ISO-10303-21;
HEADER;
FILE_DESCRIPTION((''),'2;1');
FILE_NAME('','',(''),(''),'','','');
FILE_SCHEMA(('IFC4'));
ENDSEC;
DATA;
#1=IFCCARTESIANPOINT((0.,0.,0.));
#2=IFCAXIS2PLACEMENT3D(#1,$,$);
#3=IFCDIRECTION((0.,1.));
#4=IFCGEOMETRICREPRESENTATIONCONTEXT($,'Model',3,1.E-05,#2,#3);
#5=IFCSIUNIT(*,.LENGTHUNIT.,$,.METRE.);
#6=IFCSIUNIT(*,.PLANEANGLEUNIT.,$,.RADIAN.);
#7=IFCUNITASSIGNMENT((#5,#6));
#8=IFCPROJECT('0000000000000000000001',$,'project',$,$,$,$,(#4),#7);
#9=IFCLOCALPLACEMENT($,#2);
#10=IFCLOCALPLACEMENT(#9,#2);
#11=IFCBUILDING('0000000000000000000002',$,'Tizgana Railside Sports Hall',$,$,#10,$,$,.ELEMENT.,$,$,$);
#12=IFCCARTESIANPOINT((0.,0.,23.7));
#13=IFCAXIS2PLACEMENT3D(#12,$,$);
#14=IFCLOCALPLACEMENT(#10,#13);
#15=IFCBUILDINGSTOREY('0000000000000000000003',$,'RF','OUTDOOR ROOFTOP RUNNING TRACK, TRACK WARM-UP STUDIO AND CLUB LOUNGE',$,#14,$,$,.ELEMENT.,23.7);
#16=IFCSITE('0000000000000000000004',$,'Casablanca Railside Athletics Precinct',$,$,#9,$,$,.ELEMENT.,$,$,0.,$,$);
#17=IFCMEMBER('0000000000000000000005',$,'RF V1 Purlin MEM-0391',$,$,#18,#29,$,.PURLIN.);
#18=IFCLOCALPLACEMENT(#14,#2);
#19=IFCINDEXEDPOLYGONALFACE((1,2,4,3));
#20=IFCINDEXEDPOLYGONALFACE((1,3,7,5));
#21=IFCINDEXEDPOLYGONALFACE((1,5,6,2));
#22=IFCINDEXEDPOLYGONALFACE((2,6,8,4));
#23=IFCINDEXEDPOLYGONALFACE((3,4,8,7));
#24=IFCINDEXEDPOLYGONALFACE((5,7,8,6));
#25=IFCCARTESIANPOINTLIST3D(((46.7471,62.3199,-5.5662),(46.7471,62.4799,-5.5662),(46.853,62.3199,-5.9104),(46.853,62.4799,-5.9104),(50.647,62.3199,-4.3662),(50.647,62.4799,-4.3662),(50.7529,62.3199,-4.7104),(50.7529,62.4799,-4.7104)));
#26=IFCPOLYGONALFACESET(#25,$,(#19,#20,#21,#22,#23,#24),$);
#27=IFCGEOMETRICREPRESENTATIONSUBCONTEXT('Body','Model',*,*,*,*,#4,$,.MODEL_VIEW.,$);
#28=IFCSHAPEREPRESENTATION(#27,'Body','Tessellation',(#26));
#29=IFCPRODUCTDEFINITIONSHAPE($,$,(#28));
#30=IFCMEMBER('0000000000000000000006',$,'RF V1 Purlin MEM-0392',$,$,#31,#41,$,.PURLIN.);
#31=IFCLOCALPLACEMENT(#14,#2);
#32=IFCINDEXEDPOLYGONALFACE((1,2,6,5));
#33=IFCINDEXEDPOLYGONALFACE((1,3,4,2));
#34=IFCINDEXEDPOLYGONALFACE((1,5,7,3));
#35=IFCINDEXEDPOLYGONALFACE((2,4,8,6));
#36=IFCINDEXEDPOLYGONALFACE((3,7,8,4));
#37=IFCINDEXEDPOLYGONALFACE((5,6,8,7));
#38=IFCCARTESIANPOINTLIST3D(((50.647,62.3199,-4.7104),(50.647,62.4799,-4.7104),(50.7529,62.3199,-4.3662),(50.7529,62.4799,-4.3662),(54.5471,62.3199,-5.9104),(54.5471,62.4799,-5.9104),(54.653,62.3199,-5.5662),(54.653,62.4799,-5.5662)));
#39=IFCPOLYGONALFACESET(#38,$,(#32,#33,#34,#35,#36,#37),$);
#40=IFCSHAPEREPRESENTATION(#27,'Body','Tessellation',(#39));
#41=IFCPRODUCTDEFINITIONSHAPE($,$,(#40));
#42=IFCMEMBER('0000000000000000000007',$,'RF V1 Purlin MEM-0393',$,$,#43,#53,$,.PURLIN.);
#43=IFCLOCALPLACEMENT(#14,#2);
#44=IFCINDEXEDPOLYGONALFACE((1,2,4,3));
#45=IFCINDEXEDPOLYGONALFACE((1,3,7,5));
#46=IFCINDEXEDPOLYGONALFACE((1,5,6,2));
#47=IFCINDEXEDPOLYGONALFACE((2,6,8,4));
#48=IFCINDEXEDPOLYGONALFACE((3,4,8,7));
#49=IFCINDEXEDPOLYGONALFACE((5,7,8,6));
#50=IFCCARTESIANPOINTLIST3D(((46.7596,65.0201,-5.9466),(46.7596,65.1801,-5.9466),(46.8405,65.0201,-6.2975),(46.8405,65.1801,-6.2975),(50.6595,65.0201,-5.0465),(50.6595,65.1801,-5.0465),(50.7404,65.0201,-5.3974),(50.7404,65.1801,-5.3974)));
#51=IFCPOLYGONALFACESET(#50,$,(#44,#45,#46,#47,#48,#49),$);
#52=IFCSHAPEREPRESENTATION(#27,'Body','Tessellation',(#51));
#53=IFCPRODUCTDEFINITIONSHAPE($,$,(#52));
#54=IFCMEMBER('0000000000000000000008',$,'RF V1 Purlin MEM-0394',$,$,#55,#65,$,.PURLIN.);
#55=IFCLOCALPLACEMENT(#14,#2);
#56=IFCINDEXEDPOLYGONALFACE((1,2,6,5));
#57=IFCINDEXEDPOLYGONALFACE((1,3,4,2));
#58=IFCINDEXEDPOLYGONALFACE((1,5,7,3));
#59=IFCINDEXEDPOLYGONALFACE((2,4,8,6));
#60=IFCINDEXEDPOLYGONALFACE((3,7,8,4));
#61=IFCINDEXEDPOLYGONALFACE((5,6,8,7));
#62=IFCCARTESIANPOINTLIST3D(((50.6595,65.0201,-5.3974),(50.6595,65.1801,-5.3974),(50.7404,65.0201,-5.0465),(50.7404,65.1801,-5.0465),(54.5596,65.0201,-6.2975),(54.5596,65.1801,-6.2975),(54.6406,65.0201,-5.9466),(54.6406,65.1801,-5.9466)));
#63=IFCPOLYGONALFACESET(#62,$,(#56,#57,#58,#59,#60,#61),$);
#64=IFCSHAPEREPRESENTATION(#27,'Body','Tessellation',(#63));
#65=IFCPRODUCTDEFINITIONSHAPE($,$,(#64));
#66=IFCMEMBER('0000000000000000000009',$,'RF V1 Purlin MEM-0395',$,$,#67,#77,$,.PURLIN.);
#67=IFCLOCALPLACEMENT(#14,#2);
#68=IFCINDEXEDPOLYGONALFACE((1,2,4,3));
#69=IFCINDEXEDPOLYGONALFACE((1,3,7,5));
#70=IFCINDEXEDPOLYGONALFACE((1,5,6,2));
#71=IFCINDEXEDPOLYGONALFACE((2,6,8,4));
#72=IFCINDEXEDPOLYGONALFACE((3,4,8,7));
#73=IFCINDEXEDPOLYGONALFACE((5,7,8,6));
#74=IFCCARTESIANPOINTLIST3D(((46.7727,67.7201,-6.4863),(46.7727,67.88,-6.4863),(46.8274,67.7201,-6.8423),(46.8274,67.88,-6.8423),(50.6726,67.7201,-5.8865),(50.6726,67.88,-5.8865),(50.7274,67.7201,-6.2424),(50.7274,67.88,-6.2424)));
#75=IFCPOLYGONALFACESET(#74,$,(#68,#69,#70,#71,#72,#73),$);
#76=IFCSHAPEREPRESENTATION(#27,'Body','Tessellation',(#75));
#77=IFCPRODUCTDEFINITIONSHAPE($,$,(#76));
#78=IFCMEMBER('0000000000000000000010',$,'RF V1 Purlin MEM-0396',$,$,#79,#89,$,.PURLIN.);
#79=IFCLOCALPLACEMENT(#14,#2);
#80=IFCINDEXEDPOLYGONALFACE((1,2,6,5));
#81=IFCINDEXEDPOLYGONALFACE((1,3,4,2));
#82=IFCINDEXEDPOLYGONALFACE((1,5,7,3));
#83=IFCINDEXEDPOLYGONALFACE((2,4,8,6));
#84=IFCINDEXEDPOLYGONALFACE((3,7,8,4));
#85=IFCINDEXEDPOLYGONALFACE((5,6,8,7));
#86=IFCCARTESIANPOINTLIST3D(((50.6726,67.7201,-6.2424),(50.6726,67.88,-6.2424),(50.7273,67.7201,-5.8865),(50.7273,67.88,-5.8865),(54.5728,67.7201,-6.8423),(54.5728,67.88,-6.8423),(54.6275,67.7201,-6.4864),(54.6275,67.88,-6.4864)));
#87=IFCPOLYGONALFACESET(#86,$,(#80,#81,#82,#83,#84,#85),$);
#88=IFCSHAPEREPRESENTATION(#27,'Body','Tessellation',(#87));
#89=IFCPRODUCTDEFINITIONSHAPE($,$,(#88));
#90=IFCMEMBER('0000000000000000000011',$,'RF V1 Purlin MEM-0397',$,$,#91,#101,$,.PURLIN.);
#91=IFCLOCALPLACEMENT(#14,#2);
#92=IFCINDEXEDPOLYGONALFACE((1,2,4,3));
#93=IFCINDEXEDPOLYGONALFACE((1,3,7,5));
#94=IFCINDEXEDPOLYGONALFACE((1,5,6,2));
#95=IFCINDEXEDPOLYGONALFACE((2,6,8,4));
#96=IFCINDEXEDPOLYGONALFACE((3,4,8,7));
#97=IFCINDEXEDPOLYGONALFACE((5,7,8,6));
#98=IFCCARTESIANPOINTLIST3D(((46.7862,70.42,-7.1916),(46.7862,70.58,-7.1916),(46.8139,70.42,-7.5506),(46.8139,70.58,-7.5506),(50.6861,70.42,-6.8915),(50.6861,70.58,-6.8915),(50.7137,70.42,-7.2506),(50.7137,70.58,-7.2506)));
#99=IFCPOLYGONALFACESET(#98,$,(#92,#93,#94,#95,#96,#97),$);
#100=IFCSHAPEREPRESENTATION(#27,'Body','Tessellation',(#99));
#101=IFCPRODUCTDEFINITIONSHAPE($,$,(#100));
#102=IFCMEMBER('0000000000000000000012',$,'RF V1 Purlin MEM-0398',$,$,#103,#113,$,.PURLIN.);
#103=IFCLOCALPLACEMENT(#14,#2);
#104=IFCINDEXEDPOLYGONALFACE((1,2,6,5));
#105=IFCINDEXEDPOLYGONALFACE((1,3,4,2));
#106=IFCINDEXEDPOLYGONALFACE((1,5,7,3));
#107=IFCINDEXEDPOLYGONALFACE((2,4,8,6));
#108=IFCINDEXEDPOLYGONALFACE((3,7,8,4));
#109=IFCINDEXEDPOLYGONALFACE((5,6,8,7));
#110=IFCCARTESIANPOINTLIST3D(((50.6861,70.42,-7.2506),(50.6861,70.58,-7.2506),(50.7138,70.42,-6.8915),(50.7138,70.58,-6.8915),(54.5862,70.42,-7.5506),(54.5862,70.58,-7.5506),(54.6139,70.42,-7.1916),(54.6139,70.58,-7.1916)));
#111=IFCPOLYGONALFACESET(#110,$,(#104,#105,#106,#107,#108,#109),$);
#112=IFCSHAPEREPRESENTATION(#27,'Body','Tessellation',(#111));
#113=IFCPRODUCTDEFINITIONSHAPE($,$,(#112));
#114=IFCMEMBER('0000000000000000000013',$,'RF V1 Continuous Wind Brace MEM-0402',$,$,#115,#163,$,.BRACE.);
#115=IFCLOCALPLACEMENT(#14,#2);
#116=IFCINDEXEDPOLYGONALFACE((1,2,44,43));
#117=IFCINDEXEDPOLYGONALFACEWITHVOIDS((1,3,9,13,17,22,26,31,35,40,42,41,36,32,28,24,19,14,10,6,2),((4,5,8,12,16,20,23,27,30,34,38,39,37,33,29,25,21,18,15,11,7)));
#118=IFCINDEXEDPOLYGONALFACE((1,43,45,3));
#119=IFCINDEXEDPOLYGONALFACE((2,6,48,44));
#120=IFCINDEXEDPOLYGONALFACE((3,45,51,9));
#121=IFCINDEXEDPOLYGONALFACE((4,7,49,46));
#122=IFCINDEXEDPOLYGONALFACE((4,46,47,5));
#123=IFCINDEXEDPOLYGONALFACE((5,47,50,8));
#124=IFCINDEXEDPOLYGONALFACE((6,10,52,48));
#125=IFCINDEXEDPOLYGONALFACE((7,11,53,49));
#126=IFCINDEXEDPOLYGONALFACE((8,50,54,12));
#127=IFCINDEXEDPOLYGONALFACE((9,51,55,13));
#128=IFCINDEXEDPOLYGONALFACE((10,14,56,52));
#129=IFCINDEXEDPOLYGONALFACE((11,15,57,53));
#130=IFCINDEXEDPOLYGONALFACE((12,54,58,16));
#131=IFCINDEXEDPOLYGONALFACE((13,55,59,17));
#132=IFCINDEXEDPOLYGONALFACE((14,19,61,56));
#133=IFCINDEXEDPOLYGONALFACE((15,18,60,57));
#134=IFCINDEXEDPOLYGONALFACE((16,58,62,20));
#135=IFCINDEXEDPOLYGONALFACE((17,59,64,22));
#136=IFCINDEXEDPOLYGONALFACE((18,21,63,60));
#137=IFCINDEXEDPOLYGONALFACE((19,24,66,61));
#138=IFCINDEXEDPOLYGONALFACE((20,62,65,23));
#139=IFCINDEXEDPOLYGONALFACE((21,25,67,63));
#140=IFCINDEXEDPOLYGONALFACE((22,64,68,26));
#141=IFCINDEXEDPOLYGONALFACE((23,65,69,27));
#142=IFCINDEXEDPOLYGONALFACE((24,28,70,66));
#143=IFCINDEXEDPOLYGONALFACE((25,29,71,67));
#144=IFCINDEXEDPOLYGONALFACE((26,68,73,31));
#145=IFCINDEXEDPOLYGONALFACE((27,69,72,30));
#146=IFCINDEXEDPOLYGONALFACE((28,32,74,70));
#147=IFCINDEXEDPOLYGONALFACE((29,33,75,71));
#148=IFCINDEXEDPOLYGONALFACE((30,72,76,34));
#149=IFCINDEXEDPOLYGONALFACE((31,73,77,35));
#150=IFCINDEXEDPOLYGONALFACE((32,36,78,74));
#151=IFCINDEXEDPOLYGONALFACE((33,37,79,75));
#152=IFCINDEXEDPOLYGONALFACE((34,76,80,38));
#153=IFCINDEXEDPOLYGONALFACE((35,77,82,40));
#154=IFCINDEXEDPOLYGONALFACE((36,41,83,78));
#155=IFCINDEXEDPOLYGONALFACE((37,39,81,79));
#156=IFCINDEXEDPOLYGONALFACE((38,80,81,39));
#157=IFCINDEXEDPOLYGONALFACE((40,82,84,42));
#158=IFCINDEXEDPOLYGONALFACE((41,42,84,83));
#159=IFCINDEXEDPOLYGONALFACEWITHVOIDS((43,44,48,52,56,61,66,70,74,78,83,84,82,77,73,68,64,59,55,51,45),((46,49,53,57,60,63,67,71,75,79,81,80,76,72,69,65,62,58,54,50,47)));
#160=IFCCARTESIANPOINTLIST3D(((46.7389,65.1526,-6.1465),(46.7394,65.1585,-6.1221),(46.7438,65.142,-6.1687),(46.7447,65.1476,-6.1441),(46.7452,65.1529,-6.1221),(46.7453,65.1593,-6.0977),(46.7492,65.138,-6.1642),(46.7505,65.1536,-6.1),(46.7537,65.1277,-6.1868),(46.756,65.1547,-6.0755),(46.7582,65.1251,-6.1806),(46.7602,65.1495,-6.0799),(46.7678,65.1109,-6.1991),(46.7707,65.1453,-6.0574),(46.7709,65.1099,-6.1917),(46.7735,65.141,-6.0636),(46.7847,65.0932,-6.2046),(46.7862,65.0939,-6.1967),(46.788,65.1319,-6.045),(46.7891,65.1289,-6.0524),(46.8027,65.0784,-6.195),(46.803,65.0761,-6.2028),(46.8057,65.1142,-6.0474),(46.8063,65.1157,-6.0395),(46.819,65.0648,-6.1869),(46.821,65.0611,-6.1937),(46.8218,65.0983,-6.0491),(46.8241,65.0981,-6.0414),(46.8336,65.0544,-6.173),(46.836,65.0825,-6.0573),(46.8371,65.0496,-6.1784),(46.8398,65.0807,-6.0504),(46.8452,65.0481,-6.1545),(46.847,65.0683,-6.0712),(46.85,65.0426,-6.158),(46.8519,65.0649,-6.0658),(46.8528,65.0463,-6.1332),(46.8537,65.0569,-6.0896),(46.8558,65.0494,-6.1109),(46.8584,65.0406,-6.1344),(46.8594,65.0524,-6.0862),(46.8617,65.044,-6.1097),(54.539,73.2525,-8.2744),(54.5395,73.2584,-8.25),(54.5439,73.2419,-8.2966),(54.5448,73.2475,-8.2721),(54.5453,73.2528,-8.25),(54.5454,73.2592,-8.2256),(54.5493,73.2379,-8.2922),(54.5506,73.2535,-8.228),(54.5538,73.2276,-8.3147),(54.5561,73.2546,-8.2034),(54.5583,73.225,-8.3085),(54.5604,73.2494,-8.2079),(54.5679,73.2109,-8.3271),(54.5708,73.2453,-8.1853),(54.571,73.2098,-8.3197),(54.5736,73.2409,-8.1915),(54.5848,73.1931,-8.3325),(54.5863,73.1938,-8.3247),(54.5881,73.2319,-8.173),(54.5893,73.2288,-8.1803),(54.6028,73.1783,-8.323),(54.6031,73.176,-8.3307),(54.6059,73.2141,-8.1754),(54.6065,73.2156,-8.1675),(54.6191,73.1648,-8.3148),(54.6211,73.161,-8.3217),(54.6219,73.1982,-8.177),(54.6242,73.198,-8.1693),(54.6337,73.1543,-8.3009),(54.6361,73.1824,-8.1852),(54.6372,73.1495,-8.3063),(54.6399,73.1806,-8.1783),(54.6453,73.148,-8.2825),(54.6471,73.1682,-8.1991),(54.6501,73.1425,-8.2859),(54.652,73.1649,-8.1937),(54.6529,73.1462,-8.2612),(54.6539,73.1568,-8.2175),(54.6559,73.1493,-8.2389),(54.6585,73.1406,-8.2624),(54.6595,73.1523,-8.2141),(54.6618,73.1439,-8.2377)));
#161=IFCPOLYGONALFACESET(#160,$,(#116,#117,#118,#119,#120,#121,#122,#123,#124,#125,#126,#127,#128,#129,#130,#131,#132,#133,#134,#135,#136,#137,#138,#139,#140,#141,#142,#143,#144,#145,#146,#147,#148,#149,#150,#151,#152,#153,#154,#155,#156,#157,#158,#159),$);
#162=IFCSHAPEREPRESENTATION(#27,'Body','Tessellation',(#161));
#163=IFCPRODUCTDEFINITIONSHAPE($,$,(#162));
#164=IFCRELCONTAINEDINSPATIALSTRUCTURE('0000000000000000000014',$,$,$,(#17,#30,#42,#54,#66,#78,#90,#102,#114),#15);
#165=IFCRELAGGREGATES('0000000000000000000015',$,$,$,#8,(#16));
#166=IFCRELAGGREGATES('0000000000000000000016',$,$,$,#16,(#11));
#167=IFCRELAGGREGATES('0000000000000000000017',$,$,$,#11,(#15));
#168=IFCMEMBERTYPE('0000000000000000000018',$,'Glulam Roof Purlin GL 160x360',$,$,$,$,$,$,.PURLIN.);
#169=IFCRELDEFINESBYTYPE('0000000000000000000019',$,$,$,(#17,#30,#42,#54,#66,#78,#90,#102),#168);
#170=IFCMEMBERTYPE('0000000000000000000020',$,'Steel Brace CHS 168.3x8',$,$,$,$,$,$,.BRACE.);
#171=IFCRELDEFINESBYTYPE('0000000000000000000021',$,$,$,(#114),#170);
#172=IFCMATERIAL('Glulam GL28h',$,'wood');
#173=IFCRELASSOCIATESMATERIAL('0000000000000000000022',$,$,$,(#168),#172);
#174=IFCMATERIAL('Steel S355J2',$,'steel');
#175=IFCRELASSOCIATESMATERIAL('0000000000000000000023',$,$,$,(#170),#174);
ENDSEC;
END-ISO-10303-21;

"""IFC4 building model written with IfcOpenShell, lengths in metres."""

from ifc_helpers import new_model, si_unit, direction, frame, origin, origin_2d, place, context, subcontext, project, spatial, rectangle, hollow_circle, extrude, material, material_profile, profile_set, type_object, element, save


model = new_model("IFC4")

# Units and contexts
model_context = context("Model", 3, precision=1e-05, world=origin(), true_north=direction((0.0, 1.0)))
body_context = subcontext(model_context, "Body", "Model", "MODEL_VIEW")
ifc_project = project(units=[si_unit("LENGTHUNIT", "METRE"), si_unit("PLANEANGLEUNIT", "RADIAN")], contexts=[model_context])

# Site, building, storey
site_placement = place(None, origin())
site = spatial("IfcSite", under=ifc_project, at=site_placement, Name="Casablanca Railside Athletics Precinct", CompositionType="ELEMENT", RefElevation=0.0)
building_placement = place(site_placement, origin())
building = spatial("IfcBuilding", under=site, at=building_placement, Name="Tizgana Railside Sports Hall", CompositionType="ELEMENT")
storey_placement = place(building_placement, frame((0.0, 0.0, 23.7)))
storey = spatial("IfcBuildingStorey", under=building, at=storey_placement, Name="RF", Description="OUTDOOR ROOFTOP RUNNING TRACK, TRACK WARM-UP STUDIO AND CLUB LOUNGE", CompositionType="ELEMENT", Elevation=23.7)

# Members
ifc_material_1 = material(Name="Glulam GL28h", Category="wood")
ifc_material_profile_1 = material_profile(ifc_material_1, rectangle(XDim=0.1599, YDim=0.3601, at=origin_2d()), Name="GL 160x360")
ifc_profile_set_1 = profile_set([ifc_material_profile_1], Name="Glulam GL28h")
member_type_1 = type_object("IfcMemberType", Name="Glulam Roof Purlin GL 160x360", PredefinedType="PURLIN", material=ifc_profile_set_1)
member_1_placement = place(storey_placement, frame((46.8, 62.3999, -5.7383), z_axis=(0.95578, 0.0, 0.294082), x_axis=(0.0, 1.0, 0.0)))
element("IfcMember", 1, at=member_1_placement, inside=storey, type_object=member_type_1, Name="RF V1 Purlin MEM-0391", PredefinedType="PURLIN", context=body_context, shape_type="SweptSolid", body=[
    extrude(rectangle(XDim=0.1599, YDim=0.3601, at=origin_2d()), origin(), (0.0, 0.0, 1.0), 4.0803),
])
member_2_placement = place(storey_placement, frame((50.7, 62.3999, -4.5383), z_axis=(0.955785, 0.0, -0.294065), x_axis=(0.0, 1.0, 0.0)))
element("IfcMember", 2, at=member_2_placement, inside=storey, type_object=member_type_1, Name="RF V1 Purlin MEM-0392", PredefinedType="PURLIN", context=body_context, shape_type="SweptSolid", body=[
    extrude(rectangle(XDim=0.1599, YDim=0.3601, at=origin_2d()), origin(), (0.0, 0.0, 1.0), 4.0806),
])
member_3_placement = place(storey_placement, frame((46.8, 65.1001, -6.1221), z_axis=(0.974382, 0.0, 0.2249), x_axis=(0.0, 1.0, 0.0)))
element("IfcMember", 3, at=member_3_placement, inside=storey, type_object=member_type_1, Name="RF V1 Purlin MEM-0393", PredefinedType="PURLIN", context=body_context, shape_type="SweptSolid", body=[
    extrude(rectangle(XDim=0.1599, YDim=0.3601, at=origin_2d()), origin(), (0.0, 0.0, 1.0), 4.0024),
])
member_4_placement = place(storey_placement, frame((50.7, 65.1001, -5.2219), z_axis=(0.974385, 0.0, -0.224886), x_axis=(0.0, 1.0, 0.0)))
element("IfcMember", 4, at=member_4_placement, inside=storey, type_object=member_type_1, Name="RF V1 Purlin MEM-0394", PredefinedType="PURLIN", context=body_context, shape_type="SweptSolid", body=[
    extrude(rectangle(XDim=0.1599, YDim=0.3601, at=origin_2d()), origin(), (0.0, 0.0, 1.0), 4.0027),
])
member_5_placement = place(storey_placement, frame((46.8, 67.8, -6.6643), z_axis=(0.988377, 0.0, 0.152025), x_axis=(0.0, 1.0, 0.0)))
element("IfcMember", 5, at=member_5_placement, inside=storey, type_object=member_type_1, Name="RF V1 Purlin MEM-0395", PredefinedType="PURLIN", context=body_context, shape_type="SweptSolid", body=[
    extrude(rectangle(XDim=0.1599, YDim=0.3601, at=origin_2d()), origin(), (0.0, 0.0, 1.0), 3.9458),
])
member_6_placement = place(storey_placement, frame((50.7, 67.8, -6.0645), z_axis=(0.988378, 0.0, -0.152015), x_axis=(0.0, 1.0, 0.0)))
element("IfcMember", 6, at=member_6_placement, inside=storey, type_object=member_type_1, Name="RF V1 Purlin MEM-0396", PredefinedType="PURLIN", context=body_context, shape_type="SweptSolid", body=[
    extrude(rectangle(XDim=0.1599, YDim=0.3601, at=origin_2d()), origin(), (0.0, 0.0, 1.0), 3.946),
])
member_7_placement = place(storey_placement, frame((46.8, 70.5, -7.3711), z_axis=(0.997053, 0.0, 0.076711), x_axis=(0.0, 1.0, 0.0)))
element("IfcMember", 7, at=member_7_placement, inside=storey, type_object=member_type_1, Name="RF V1 Purlin MEM-0397", PredefinedType="PURLIN", context=body_context, shape_type="SweptSolid", body=[
    extrude(rectangle(XDim=0.1599, YDim=0.3601, at=origin_2d()), origin(), (0.0, 0.0, 1.0), 3.9114),
])
member_8_placement = place(storey_placement, frame((50.7, 70.5, -7.071), z_axis=(0.997054, 0.0, -0.076706), x_axis=(0.0, 1.0, 0.0)))
element("IfcMember", 8, at=member_8_placement, inside=storey, type_object=member_type_1, Name="RF V1 Purlin MEM-0398", PredefinedType="PURLIN", context=body_context, shape_type="SweptSolid", body=[
    extrude(rectangle(XDim=0.1599, YDim=0.3601, at=origin_2d()), origin(), (0.0, 0.0, 1.0), 3.9116),
])
ifc_material_2 = material(Name="Steel S355J2", Category="steel")
ifc_material_profile_2 = material_profile(ifc_material_2, hollow_circle(Radius=0.0842, WallThickness=0.0081, at=origin_2d()), Name="CHS 168.3x8")
ifc_profile_set_2 = profile_set([ifc_material_profile_2], Name="Steel S355J2")
member_type_2 = type_object("IfcMemberType", Name="Steel Brace CHS 168.3x8", PredefinedType="BRACE", material=ifc_profile_set_2)
member_9_placement = place(storey_placement, frame((46.8, 65.1001, -6.1221), z_axis=(0.681555, 0.707751, -0.185935), x_axis=(-0.720312, 0.69365, 0.0)))
element("IfcMember", 9, at=member_9_placement, inside=storey, type_object=member_type_2, Name="RF V1 Continuous Wind Brace MEM-0402", PredefinedType="BRACE", context=body_context, shape_type="SweptSolid", body=[
    extrude(hollow_circle(Radius=0.0842, WallThickness=0.0081, at=origin_2d()), origin(), (0.0, 0.0, 1.0), 11.4446),
])

save(model, "model.ifc")
